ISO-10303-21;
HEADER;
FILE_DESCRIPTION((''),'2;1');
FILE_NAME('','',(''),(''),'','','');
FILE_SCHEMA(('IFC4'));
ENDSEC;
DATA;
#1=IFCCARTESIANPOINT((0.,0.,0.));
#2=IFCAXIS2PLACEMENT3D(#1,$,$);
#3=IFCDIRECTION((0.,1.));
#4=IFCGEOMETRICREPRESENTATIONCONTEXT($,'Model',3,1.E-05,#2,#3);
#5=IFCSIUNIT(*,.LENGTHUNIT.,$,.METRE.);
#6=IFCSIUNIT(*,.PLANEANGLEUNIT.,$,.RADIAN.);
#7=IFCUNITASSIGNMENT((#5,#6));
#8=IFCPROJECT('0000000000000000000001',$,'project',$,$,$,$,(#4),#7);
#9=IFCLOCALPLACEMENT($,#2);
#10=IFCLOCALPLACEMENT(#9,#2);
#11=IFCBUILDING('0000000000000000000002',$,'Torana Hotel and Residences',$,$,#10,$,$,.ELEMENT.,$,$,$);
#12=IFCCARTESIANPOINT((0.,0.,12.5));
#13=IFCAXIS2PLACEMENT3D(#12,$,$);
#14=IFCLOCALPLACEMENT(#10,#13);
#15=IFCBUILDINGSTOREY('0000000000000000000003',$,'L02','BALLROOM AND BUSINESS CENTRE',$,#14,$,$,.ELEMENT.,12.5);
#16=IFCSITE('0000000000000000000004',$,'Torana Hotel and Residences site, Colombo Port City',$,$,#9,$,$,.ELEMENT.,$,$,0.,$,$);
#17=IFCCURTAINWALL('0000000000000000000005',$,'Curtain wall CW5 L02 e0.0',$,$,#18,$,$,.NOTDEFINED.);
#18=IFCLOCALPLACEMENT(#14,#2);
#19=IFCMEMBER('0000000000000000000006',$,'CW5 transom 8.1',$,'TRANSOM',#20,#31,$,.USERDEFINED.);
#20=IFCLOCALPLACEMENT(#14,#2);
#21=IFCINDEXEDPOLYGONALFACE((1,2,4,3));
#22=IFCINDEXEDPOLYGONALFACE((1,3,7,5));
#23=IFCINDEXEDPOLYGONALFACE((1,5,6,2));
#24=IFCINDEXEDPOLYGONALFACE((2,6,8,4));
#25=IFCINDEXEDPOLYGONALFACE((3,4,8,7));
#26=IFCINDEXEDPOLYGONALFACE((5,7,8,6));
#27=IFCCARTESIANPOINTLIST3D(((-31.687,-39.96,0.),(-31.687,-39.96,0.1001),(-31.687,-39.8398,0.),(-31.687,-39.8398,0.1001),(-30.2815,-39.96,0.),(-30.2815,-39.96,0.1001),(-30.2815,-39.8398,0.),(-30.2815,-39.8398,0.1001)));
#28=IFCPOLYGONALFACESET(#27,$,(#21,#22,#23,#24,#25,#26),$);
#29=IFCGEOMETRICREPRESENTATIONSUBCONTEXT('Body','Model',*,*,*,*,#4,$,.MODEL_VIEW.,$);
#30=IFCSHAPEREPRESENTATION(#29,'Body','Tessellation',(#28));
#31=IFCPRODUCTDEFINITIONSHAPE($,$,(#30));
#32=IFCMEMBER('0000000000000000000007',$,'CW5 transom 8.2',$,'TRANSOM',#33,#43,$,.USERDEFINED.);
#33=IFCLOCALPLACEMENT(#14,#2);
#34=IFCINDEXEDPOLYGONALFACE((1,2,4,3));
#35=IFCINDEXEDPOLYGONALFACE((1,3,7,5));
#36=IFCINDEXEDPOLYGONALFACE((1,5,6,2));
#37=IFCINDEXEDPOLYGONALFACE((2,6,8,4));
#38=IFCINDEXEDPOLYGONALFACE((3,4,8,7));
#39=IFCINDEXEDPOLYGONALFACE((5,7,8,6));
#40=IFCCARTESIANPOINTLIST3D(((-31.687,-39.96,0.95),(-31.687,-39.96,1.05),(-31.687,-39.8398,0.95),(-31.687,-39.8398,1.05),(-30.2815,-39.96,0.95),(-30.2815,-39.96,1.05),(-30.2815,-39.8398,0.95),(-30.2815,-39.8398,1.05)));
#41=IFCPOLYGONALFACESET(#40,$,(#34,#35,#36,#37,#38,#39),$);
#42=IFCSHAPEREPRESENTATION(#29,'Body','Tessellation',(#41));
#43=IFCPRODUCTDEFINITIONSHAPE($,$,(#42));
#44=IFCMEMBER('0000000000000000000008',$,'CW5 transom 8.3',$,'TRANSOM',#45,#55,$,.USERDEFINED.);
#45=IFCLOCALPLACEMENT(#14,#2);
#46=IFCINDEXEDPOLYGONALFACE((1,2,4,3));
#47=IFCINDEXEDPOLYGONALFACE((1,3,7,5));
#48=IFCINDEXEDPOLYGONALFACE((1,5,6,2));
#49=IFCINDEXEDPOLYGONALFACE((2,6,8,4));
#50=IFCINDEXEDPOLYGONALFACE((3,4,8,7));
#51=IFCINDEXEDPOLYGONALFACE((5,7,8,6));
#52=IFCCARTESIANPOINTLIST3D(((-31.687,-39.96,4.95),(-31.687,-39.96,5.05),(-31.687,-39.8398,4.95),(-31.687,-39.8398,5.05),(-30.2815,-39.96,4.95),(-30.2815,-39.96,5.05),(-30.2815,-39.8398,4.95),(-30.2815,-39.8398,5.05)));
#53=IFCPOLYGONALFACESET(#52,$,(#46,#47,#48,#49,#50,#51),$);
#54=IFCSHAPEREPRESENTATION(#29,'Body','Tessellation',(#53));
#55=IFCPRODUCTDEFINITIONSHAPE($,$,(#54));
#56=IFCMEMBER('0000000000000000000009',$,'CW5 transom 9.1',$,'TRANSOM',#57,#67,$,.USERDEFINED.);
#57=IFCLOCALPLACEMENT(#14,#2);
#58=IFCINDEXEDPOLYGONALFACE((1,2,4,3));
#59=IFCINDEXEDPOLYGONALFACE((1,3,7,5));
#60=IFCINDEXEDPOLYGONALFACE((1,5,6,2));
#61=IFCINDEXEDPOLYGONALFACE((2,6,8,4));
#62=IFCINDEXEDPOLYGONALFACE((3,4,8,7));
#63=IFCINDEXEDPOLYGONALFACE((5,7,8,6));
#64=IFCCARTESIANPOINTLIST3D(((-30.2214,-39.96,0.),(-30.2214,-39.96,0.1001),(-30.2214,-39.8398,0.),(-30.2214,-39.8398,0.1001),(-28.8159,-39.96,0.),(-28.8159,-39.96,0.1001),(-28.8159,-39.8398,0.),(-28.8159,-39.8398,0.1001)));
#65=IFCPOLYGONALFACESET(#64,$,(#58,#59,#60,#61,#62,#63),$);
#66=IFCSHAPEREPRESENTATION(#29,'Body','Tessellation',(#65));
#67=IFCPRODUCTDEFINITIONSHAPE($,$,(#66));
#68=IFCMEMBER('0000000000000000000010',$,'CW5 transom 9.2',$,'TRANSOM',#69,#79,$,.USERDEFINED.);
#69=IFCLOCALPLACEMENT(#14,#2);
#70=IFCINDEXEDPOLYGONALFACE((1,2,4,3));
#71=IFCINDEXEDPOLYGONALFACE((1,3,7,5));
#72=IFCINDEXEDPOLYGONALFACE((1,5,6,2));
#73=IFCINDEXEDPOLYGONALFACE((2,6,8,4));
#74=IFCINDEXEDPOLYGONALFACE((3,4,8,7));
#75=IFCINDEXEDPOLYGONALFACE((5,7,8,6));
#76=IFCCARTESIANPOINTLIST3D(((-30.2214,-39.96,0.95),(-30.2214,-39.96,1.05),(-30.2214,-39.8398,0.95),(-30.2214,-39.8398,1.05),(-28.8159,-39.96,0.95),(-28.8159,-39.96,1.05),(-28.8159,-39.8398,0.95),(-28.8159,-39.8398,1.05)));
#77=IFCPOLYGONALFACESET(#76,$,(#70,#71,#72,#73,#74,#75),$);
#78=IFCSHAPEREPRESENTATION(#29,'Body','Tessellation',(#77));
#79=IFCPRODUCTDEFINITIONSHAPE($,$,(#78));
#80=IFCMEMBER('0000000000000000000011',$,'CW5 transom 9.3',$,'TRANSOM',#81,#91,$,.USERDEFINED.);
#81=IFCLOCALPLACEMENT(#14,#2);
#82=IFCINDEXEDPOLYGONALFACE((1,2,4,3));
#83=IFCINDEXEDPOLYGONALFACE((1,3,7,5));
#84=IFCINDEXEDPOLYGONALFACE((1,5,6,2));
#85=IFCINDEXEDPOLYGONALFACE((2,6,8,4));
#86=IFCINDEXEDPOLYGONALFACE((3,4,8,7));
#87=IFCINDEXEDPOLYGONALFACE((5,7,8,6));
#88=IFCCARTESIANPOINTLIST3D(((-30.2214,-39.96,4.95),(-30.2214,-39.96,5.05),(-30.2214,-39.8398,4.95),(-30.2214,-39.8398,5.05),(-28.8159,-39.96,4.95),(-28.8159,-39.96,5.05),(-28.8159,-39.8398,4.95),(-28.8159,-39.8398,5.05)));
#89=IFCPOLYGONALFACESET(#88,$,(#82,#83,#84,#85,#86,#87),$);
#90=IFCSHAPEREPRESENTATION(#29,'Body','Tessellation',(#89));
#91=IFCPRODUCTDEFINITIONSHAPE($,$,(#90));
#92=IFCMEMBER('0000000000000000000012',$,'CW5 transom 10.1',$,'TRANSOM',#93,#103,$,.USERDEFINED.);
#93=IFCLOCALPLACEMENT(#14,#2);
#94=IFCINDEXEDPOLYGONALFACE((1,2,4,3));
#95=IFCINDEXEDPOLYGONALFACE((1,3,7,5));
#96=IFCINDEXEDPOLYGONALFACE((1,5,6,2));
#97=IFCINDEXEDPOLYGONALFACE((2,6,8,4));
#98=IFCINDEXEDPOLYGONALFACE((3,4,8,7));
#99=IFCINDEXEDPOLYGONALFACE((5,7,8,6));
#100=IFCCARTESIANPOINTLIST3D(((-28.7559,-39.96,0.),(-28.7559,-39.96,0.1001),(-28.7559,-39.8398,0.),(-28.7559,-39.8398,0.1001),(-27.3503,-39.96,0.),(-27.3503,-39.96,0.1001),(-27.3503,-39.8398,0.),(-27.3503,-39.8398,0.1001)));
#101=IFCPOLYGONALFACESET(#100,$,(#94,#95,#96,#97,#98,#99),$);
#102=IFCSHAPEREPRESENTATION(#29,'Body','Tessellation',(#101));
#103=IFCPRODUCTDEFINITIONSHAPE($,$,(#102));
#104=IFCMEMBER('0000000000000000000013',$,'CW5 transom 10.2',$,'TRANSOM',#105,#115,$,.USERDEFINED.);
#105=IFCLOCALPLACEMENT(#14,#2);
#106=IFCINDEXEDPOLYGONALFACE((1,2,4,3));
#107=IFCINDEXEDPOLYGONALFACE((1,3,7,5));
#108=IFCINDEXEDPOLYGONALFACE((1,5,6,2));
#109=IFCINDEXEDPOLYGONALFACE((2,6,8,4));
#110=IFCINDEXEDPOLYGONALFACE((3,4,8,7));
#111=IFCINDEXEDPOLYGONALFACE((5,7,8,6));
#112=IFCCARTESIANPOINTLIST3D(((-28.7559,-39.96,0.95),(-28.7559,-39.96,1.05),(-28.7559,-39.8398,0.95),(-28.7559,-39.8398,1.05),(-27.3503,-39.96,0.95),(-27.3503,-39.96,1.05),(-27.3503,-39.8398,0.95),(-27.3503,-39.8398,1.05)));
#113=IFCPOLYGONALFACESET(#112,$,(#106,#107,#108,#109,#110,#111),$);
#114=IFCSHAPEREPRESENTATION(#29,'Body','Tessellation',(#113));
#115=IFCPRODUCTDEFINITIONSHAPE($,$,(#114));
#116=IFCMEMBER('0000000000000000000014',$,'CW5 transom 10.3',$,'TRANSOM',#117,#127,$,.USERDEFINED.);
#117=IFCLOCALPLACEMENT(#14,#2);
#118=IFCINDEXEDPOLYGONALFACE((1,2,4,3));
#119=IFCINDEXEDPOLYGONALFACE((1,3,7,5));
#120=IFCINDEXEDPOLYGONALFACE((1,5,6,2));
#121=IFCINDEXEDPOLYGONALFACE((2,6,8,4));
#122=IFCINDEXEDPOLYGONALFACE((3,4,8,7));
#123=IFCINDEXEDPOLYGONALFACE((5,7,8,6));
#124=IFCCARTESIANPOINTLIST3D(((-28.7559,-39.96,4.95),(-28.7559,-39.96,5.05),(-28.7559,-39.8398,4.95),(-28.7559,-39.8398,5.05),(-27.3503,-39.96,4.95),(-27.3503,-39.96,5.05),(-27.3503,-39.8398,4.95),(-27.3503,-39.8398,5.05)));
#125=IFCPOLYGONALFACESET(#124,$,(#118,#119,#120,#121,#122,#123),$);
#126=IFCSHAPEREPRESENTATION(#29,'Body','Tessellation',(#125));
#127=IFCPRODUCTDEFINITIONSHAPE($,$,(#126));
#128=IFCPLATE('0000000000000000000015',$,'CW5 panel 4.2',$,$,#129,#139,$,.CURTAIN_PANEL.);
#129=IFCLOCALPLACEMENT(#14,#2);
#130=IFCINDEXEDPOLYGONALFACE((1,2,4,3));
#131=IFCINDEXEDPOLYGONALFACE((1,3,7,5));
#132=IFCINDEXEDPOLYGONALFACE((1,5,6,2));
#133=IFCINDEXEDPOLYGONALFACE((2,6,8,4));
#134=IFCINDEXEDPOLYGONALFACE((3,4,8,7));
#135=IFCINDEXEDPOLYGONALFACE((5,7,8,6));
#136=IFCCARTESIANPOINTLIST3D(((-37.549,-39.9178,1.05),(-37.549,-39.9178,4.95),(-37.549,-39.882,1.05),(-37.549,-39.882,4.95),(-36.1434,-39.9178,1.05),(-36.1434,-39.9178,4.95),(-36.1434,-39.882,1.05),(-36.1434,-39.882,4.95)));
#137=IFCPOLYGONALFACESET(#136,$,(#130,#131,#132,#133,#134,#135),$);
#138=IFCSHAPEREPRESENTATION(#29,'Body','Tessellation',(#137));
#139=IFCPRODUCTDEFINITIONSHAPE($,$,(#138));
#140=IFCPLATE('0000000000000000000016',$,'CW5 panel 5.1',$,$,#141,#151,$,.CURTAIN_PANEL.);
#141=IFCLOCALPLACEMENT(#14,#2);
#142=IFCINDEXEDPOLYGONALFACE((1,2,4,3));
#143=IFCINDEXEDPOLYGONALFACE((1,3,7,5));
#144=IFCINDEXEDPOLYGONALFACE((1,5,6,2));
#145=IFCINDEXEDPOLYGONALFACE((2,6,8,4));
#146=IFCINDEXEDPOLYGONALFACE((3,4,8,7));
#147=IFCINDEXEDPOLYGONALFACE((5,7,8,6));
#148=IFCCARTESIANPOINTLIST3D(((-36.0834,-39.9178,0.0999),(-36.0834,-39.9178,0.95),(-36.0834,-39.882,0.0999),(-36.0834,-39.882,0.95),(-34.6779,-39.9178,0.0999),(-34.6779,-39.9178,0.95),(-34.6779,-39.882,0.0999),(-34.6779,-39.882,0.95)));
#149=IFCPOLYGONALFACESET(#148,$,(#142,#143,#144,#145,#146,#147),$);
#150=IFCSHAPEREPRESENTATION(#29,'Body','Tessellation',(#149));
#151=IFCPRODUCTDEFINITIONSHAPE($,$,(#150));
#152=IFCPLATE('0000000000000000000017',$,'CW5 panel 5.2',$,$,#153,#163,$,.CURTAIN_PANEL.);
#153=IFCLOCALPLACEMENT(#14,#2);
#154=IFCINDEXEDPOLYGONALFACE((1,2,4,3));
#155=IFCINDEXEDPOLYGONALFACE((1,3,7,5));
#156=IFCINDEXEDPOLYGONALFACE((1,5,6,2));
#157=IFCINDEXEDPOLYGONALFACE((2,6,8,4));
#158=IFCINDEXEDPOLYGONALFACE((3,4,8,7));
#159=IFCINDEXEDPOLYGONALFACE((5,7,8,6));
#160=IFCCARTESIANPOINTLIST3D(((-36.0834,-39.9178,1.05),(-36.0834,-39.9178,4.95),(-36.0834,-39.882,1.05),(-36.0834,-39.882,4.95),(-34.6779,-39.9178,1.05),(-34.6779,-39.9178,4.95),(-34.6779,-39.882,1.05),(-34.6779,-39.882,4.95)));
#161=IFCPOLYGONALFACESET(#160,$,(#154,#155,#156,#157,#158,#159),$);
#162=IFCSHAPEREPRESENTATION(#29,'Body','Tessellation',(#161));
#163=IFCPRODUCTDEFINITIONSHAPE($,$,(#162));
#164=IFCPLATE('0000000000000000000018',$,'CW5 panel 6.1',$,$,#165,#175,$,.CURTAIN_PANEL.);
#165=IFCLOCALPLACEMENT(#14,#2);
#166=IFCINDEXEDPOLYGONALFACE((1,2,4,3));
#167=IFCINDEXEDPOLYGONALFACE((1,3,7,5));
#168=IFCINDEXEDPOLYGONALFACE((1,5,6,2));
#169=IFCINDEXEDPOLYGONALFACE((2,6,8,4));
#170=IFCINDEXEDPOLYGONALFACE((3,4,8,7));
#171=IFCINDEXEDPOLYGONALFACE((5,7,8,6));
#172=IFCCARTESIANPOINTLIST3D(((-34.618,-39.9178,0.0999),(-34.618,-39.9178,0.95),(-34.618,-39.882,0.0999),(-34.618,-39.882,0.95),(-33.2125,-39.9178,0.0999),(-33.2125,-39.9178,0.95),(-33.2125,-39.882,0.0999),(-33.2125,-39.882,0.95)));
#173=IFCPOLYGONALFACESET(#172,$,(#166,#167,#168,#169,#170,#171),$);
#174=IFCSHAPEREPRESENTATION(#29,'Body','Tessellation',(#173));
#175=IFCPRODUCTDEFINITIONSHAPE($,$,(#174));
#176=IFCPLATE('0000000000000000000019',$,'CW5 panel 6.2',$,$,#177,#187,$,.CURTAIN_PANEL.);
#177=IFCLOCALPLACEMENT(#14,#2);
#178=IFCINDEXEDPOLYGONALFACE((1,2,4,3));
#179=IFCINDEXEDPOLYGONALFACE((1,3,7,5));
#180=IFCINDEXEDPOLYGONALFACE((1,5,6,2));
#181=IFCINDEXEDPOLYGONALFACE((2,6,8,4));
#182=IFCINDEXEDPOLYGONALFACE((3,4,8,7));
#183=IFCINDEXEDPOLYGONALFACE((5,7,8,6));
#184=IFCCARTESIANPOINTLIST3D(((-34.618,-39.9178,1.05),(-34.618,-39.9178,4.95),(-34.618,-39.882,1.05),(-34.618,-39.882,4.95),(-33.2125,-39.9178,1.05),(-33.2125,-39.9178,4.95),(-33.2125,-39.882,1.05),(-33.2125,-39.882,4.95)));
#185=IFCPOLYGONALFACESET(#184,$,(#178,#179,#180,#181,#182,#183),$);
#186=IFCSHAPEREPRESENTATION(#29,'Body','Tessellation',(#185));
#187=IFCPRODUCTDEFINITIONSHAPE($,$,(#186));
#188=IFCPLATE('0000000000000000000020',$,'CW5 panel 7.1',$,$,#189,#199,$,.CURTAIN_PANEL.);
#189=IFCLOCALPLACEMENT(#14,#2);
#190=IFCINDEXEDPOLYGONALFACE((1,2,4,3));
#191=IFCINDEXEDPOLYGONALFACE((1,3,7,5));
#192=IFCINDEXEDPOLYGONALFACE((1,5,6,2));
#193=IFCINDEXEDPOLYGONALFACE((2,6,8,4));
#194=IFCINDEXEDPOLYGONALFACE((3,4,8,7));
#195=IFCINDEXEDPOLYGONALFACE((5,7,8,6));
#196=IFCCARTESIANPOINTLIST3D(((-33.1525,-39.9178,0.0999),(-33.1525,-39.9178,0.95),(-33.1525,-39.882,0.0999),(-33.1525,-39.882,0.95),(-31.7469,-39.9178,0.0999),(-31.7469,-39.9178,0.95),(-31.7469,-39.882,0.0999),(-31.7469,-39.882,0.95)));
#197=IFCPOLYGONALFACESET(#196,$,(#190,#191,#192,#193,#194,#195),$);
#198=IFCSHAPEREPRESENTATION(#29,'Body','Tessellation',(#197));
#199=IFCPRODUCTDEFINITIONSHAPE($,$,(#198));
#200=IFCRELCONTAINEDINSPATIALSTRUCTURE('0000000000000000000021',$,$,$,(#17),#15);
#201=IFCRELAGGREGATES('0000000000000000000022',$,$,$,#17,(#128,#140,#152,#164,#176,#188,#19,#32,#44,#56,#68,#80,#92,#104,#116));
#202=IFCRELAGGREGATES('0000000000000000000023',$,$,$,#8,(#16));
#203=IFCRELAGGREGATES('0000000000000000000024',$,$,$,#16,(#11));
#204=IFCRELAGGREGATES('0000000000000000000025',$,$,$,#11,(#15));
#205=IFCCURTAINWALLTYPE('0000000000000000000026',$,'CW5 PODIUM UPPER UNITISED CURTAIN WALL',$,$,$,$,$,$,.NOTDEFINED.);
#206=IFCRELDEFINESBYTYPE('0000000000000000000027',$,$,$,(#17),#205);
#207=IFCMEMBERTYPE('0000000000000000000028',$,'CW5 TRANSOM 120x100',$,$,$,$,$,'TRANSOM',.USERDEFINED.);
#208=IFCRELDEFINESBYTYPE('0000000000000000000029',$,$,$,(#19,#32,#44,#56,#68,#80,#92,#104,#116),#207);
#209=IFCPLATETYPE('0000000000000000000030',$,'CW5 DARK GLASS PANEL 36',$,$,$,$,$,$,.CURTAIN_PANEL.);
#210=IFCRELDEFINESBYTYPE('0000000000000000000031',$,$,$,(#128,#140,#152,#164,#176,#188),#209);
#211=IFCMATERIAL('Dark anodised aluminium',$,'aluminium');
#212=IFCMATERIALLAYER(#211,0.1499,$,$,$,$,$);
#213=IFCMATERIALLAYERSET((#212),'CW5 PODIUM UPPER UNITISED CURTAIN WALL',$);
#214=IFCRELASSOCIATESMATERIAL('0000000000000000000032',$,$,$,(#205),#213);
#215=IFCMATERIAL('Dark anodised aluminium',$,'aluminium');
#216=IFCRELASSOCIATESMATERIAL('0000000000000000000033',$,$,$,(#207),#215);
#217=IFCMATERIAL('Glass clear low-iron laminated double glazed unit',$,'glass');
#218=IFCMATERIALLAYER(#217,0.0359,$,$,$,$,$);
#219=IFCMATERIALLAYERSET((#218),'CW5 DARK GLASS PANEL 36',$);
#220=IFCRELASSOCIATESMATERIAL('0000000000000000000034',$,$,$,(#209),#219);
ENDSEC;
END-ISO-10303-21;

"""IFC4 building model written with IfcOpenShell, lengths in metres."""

from ifc_helpers import new_model, si_unit, direction, frame, origin, origin_2d, place, context, subcontext, project, spatial, rectangle, extrude, material, layer, layer_set, material_profile, profile_set, type_object, element, aggregate, save


model = new_model("IFC4")

# Units and contexts
model_context = context("Model", 3, precision=1e-05, world=origin(), true_north=direction((0.0, 1.0)))
body_context = subcontext(model_context, "Body", "Model", "MODEL_VIEW")
ifc_project = project(units=[si_unit("LENGTHUNIT", "METRE"), si_unit("PLANEANGLEUNIT", "RADIAN")], contexts=[model_context])

# Site, building, storey
site_placement = place(None, origin())
site = spatial("IfcSite", under=ifc_project, at=site_placement, Name="Torana Hotel and Residences site, Colombo Port City", CompositionType="ELEMENT", RefElevation=0.0)
building_placement = place(site_placement, origin())
building = spatial("IfcBuilding", under=site, at=building_placement, Name="Torana Hotel and Residences", CompositionType="ELEMENT")
storey_placement = place(building_placement, frame((0.0, 0.0, 12.5)))
storey = spatial("IfcBuildingStorey", under=building, at=storey_placement, Name="L02", Description="BALLROOM AND BUSINESS CENTRE", CompositionType="ELEMENT", Elevation=12.5)

# Curtain wall, members, plates
ifc_material_1 = material(Name="Dark anodised aluminium", Category="aluminium")
ifc_layer_1 = layer(ifc_material_1, 0.1499)
ifc_layer_set_1 = layer_set([ifc_layer_1], Name="CW5 PODIUM UPPER UNITISED CURTAIN WALL")
curtain_wall_type = type_object("IfcCurtainWallType", Name="CW5 PODIUM UPPER UNITISED CURTAIN WALL", PredefinedType="NOTDEFINED", material=ifc_layer_set_1)
curtain_wall_placement = place(storey_placement, origin())
curtain_wall = element("IfcCurtainWall", 1, at=curtain_wall_placement, inside=storey, type_object=curtain_wall_type, Name="Curtain wall CW5 L02 e0.0", PredefinedType="NOTDEFINED")
ifc_material_2 = material(Name="Dark anodised aluminium", Category="aluminium")
ifc_material_profile_1 = material_profile(ifc_material_2, rectangle(XDim=0.1201, YDim=0.1001, at=origin_2d()), Name="CW5 TRANSOM 120x100")
ifc_profile_set_1 = profile_set([ifc_material_profile_1], Name="Dark anodised aluminium")
member_type_1 = type_object("IfcMemberType", Name="CW5 TRANSOM 120x100", ElementType="TRANSOM", PredefinedType="USERDEFINED", material=ifc_profile_set_1)
member_1_placement = place(storey_placement, frame((-31.687, -39.8999, 0.05), z_axis=(1.0, 0.0, 0.0), x_axis=(0.0, 1.0, 0.0)))
member_1 = element("IfcMember", 2, at=member_1_placement, type_object=member_type_1, Name="CW5 transom 8.1", ObjectType="TRANSOM", PredefinedType="USERDEFINED", context=body_context, shape_type="SweptSolid", body=[
    extrude(rectangle(XDim=0.1201, YDim=0.1001, at=origin_2d()), origin(), (0.0, 0.0, 1.0), 1.4055),
])
member_2_placement = place(storey_placement, frame((-31.687, -39.8999, 1.0), z_axis=(1.0, 0.0, 0.0), x_axis=(0.0, 1.0, 0.0)))
member_2 = element("IfcMember", 3, at=member_2_placement, type_object=member_type_1, Name="CW5 transom 8.2", ObjectType="TRANSOM", PredefinedType="USERDEFINED", context=body_context, shape_type="SweptSolid", body=[
    extrude(rectangle(XDim=0.1201, YDim=0.1001, at=origin_2d()), origin(), (0.0, 0.0, 1.0), 1.4055),
])
member_3_placement = place(storey_placement, frame((-31.687, -39.8999, 5.0), z_axis=(1.0, 0.0, 0.0), x_axis=(0.0, 1.0, 0.0)))
member_3 = element("IfcMember", 4, at=member_3_placement, type_object=member_type_1, Name="CW5 transom 8.3", ObjectType="TRANSOM", PredefinedType="USERDEFINED", context=body_context, shape_type="SweptSolid", body=[
    extrude(rectangle(XDim=0.1201, YDim=0.1001, at=origin_2d()), origin(), (0.0, 0.0, 1.0), 1.4055),
])
member_4_placement = place(storey_placement, frame((-30.2214, -39.8999, 0.05), z_axis=(1.0, 0.0, 0.0), x_axis=(0.0, 1.0, 0.0)))
member_4 = element("IfcMember", 5, at=member_4_placement, type_object=member_type_1, Name="CW5 transom 9.1", ObjectType="TRANSOM", PredefinedType="USERDEFINED", context=body_context, shape_type="SweptSolid", body=[
    extrude(rectangle(XDim=0.1201, YDim=0.1001, at=origin_2d()), origin(), (0.0, 0.0, 1.0), 1.4055),
])
member_5_placement = place(storey_placement, frame((-30.2214, -39.8999, 1.0), z_axis=(1.0, 0.0, 0.0), x_axis=(0.0, 1.0, 0.0)))
member_5 = element("IfcMember", 6, at=member_5_placement, type_object=member_type_1, Name="CW5 transom 9.2", ObjectType="TRANSOM", PredefinedType="USERDEFINED", context=body_context, shape_type="SweptSolid", body=[
    extrude(rectangle(XDim=0.1201, YDim=0.1001, at=origin_2d()), origin(), (0.0, 0.0, 1.0), 1.4055),
])
member_6_placement = place(storey_placement, frame((-30.2214, -39.8999, 5.0), z_axis=(1.0, 0.0, 0.0), x_axis=(0.0, 1.0, 0.0)))
member_6 = element("IfcMember", 7, at=member_6_placement, type_object=member_type_1, Name="CW5 transom 9.3", ObjectType="TRANSOM", PredefinedType="USERDEFINED", context=body_context, shape_type="SweptSolid", body=[
    extrude(rectangle(XDim=0.1201, YDim=0.1001, at=origin_2d()), origin(), (0.0, 0.0, 1.0), 1.4055),
])
member_7_placement = place(storey_placement, frame((-28.7559, -39.8999, 0.05), z_axis=(1.0, 0.0, 0.0), x_axis=(0.0, 1.0, 0.0)))
member_7 = element("IfcMember", 8, at=member_7_placement, type_object=member_type_1, Name="CW5 transom 10.1", ObjectType="TRANSOM", PredefinedType="USERDEFINED", context=body_context, shape_type="SweptSolid", body=[
    extrude(rectangle(XDim=0.1201, YDim=0.1001, at=origin_2d()), origin(), (0.0, 0.0, 1.0), 1.4055),
])
member_8_placement = place(storey_placement, frame((-28.7559, -39.8999, 1.0), z_axis=(1.0, 0.0, 0.0), x_axis=(0.0, 1.0, 0.0)))
member_8 = element("IfcMember", 9, at=member_8_placement, type_object=member_type_1, Name="CW5 transom 10.2", ObjectType="TRANSOM", PredefinedType="USERDEFINED", context=body_context, shape_type="SweptSolid", body=[
    extrude(rectangle(XDim=0.1201, YDim=0.1001, at=origin_2d()), origin(), (0.0, 0.0, 1.0), 1.4055),
])
member_9_placement = place(storey_placement, frame((-28.7559, -39.8999, 5.0), z_axis=(1.0, 0.0, 0.0), x_axis=(0.0, 1.0, 0.0)))
member_9 = element("IfcMember", 10, at=member_9_placement, type_object=member_type_1, Name="CW5 transom 10.3", ObjectType="TRANSOM", PredefinedType="USERDEFINED", context=body_context, shape_type="SweptSolid", body=[
    extrude(rectangle(XDim=0.1201, YDim=0.1001, at=origin_2d()), origin(), (0.0, 0.0, 1.0), 1.4055),
])
ifc_material_3 = material(Name="Glass clear low-iron laminated double glazed unit", Category="glass")
ifc_layer_2 = layer(ifc_material_3, 0.0359)
ifc_layer_set_2 = layer_set([ifc_layer_2], Name="CW5 DARK GLASS PANEL 36")
plate_type = type_object("IfcPlateType", Name="CW5 DARK GLASS PANEL 36", PredefinedType="CURTAIN_PANEL", material=ifc_layer_set_2)
plate_1_placement = place(storey_placement, frame((-36.8462, -39.8999, 1.05), z_axis=(0.0, 0.0, 1.0), x_axis=(1.0, 0.0, 0.0)))
plate_1 = element("IfcPlate", 11, at=plate_1_placement, type_object=plate_type, Name="CW5 panel 4.2", PredefinedType="CURTAIN_PANEL", context=body_context, shape_type="SweptSolid", body=[
    extrude(rectangle(XDim=1.4055, YDim=0.0359, at=origin_2d()), origin(), (0.0, 0.0, 1.0), 3.8999),
])
plate_2_placement = place(storey_placement, frame((-35.3806, -39.8999, 0.0999), z_axis=(0.0, 0.0, 1.0), x_axis=(1.0, 0.0, 0.0)))
plate_2 = element("IfcPlate", 12, at=plate_2_placement, type_object=plate_type, Name="CW5 panel 5.1", PredefinedType="CURTAIN_PANEL", context=body_context, shape_type="SweptSolid", body=[
    extrude(rectangle(XDim=1.4055, YDim=0.0359, at=origin_2d()), origin(), (0.0, 0.0, 1.0), 0.8501),
])
plate_3_placement = place(storey_placement, frame((-35.3806, -39.8999, 1.05), z_axis=(0.0, 0.0, 1.0), x_axis=(1.0, 0.0, 0.0)))
plate_3 = element("IfcPlate", 13, at=plate_3_placement, type_object=plate_type, Name="CW5 panel 5.2", PredefinedType="CURTAIN_PANEL", context=body_context, shape_type="SweptSolid", body=[
    extrude(rectangle(XDim=1.4055, YDim=0.0359, at=origin_2d()), origin(), (0.0, 0.0, 1.0), 3.8999),
])
plate_4_placement = place(storey_placement, frame((-33.9153, -39.8999, 0.0999), z_axis=(0.0, 0.0, 1.0), x_axis=(1.0, 0.0, 0.0)))
plate_4 = element("IfcPlate", 14, at=plate_4_placement, type_object=plate_type, Name="CW5 panel 6.1", PredefinedType="CURTAIN_PANEL", context=body_context, shape_type="SweptSolid", body=[
    extrude(rectangle(XDim=1.4055, YDim=0.0359, at=origin_2d()), origin(), (0.0, 0.0, 1.0), 0.8501),
])
plate_5_placement = place(storey_placement, frame((-33.9153, -39.8999, 1.05), z_axis=(0.0, 0.0, 1.0), x_axis=(1.0, 0.0, 0.0)))
plate_5 = element("IfcPlate", 15, at=plate_5_placement, type_object=plate_type, Name="CW5 panel 6.2", PredefinedType="CURTAIN_PANEL", context=body_context, shape_type="SweptSolid", body=[
    extrude(rectangle(XDim=1.4055, YDim=0.0359, at=origin_2d()), origin(), (0.0, 0.0, 1.0), 3.8999),
])
plate_6_placement = place(storey_placement, frame((-32.4497, -39.8999, 0.0999), z_axis=(0.0, 0.0, 1.0), x_axis=(1.0, 0.0, 0.0)))
plate_6 = element("IfcPlate", 16, at=plate_6_placement, type_object=plate_type, Name="CW5 panel 7.1", PredefinedType="CURTAIN_PANEL", context=body_context, shape_type="SweptSolid", body=[
    extrude(rectangle(XDim=1.4055, YDim=0.0359, at=origin_2d()), origin(), (0.0, 0.0, 1.0), 0.8501),
])
aggregate(curtain_wall, [plate_1, plate_2, plate_3, plate_4, plate_5, plate_6, member_1, member_2, member_3, member_4, member_5, member_6, member_7, member_8, member_9])

save(model, "model.ifc")
